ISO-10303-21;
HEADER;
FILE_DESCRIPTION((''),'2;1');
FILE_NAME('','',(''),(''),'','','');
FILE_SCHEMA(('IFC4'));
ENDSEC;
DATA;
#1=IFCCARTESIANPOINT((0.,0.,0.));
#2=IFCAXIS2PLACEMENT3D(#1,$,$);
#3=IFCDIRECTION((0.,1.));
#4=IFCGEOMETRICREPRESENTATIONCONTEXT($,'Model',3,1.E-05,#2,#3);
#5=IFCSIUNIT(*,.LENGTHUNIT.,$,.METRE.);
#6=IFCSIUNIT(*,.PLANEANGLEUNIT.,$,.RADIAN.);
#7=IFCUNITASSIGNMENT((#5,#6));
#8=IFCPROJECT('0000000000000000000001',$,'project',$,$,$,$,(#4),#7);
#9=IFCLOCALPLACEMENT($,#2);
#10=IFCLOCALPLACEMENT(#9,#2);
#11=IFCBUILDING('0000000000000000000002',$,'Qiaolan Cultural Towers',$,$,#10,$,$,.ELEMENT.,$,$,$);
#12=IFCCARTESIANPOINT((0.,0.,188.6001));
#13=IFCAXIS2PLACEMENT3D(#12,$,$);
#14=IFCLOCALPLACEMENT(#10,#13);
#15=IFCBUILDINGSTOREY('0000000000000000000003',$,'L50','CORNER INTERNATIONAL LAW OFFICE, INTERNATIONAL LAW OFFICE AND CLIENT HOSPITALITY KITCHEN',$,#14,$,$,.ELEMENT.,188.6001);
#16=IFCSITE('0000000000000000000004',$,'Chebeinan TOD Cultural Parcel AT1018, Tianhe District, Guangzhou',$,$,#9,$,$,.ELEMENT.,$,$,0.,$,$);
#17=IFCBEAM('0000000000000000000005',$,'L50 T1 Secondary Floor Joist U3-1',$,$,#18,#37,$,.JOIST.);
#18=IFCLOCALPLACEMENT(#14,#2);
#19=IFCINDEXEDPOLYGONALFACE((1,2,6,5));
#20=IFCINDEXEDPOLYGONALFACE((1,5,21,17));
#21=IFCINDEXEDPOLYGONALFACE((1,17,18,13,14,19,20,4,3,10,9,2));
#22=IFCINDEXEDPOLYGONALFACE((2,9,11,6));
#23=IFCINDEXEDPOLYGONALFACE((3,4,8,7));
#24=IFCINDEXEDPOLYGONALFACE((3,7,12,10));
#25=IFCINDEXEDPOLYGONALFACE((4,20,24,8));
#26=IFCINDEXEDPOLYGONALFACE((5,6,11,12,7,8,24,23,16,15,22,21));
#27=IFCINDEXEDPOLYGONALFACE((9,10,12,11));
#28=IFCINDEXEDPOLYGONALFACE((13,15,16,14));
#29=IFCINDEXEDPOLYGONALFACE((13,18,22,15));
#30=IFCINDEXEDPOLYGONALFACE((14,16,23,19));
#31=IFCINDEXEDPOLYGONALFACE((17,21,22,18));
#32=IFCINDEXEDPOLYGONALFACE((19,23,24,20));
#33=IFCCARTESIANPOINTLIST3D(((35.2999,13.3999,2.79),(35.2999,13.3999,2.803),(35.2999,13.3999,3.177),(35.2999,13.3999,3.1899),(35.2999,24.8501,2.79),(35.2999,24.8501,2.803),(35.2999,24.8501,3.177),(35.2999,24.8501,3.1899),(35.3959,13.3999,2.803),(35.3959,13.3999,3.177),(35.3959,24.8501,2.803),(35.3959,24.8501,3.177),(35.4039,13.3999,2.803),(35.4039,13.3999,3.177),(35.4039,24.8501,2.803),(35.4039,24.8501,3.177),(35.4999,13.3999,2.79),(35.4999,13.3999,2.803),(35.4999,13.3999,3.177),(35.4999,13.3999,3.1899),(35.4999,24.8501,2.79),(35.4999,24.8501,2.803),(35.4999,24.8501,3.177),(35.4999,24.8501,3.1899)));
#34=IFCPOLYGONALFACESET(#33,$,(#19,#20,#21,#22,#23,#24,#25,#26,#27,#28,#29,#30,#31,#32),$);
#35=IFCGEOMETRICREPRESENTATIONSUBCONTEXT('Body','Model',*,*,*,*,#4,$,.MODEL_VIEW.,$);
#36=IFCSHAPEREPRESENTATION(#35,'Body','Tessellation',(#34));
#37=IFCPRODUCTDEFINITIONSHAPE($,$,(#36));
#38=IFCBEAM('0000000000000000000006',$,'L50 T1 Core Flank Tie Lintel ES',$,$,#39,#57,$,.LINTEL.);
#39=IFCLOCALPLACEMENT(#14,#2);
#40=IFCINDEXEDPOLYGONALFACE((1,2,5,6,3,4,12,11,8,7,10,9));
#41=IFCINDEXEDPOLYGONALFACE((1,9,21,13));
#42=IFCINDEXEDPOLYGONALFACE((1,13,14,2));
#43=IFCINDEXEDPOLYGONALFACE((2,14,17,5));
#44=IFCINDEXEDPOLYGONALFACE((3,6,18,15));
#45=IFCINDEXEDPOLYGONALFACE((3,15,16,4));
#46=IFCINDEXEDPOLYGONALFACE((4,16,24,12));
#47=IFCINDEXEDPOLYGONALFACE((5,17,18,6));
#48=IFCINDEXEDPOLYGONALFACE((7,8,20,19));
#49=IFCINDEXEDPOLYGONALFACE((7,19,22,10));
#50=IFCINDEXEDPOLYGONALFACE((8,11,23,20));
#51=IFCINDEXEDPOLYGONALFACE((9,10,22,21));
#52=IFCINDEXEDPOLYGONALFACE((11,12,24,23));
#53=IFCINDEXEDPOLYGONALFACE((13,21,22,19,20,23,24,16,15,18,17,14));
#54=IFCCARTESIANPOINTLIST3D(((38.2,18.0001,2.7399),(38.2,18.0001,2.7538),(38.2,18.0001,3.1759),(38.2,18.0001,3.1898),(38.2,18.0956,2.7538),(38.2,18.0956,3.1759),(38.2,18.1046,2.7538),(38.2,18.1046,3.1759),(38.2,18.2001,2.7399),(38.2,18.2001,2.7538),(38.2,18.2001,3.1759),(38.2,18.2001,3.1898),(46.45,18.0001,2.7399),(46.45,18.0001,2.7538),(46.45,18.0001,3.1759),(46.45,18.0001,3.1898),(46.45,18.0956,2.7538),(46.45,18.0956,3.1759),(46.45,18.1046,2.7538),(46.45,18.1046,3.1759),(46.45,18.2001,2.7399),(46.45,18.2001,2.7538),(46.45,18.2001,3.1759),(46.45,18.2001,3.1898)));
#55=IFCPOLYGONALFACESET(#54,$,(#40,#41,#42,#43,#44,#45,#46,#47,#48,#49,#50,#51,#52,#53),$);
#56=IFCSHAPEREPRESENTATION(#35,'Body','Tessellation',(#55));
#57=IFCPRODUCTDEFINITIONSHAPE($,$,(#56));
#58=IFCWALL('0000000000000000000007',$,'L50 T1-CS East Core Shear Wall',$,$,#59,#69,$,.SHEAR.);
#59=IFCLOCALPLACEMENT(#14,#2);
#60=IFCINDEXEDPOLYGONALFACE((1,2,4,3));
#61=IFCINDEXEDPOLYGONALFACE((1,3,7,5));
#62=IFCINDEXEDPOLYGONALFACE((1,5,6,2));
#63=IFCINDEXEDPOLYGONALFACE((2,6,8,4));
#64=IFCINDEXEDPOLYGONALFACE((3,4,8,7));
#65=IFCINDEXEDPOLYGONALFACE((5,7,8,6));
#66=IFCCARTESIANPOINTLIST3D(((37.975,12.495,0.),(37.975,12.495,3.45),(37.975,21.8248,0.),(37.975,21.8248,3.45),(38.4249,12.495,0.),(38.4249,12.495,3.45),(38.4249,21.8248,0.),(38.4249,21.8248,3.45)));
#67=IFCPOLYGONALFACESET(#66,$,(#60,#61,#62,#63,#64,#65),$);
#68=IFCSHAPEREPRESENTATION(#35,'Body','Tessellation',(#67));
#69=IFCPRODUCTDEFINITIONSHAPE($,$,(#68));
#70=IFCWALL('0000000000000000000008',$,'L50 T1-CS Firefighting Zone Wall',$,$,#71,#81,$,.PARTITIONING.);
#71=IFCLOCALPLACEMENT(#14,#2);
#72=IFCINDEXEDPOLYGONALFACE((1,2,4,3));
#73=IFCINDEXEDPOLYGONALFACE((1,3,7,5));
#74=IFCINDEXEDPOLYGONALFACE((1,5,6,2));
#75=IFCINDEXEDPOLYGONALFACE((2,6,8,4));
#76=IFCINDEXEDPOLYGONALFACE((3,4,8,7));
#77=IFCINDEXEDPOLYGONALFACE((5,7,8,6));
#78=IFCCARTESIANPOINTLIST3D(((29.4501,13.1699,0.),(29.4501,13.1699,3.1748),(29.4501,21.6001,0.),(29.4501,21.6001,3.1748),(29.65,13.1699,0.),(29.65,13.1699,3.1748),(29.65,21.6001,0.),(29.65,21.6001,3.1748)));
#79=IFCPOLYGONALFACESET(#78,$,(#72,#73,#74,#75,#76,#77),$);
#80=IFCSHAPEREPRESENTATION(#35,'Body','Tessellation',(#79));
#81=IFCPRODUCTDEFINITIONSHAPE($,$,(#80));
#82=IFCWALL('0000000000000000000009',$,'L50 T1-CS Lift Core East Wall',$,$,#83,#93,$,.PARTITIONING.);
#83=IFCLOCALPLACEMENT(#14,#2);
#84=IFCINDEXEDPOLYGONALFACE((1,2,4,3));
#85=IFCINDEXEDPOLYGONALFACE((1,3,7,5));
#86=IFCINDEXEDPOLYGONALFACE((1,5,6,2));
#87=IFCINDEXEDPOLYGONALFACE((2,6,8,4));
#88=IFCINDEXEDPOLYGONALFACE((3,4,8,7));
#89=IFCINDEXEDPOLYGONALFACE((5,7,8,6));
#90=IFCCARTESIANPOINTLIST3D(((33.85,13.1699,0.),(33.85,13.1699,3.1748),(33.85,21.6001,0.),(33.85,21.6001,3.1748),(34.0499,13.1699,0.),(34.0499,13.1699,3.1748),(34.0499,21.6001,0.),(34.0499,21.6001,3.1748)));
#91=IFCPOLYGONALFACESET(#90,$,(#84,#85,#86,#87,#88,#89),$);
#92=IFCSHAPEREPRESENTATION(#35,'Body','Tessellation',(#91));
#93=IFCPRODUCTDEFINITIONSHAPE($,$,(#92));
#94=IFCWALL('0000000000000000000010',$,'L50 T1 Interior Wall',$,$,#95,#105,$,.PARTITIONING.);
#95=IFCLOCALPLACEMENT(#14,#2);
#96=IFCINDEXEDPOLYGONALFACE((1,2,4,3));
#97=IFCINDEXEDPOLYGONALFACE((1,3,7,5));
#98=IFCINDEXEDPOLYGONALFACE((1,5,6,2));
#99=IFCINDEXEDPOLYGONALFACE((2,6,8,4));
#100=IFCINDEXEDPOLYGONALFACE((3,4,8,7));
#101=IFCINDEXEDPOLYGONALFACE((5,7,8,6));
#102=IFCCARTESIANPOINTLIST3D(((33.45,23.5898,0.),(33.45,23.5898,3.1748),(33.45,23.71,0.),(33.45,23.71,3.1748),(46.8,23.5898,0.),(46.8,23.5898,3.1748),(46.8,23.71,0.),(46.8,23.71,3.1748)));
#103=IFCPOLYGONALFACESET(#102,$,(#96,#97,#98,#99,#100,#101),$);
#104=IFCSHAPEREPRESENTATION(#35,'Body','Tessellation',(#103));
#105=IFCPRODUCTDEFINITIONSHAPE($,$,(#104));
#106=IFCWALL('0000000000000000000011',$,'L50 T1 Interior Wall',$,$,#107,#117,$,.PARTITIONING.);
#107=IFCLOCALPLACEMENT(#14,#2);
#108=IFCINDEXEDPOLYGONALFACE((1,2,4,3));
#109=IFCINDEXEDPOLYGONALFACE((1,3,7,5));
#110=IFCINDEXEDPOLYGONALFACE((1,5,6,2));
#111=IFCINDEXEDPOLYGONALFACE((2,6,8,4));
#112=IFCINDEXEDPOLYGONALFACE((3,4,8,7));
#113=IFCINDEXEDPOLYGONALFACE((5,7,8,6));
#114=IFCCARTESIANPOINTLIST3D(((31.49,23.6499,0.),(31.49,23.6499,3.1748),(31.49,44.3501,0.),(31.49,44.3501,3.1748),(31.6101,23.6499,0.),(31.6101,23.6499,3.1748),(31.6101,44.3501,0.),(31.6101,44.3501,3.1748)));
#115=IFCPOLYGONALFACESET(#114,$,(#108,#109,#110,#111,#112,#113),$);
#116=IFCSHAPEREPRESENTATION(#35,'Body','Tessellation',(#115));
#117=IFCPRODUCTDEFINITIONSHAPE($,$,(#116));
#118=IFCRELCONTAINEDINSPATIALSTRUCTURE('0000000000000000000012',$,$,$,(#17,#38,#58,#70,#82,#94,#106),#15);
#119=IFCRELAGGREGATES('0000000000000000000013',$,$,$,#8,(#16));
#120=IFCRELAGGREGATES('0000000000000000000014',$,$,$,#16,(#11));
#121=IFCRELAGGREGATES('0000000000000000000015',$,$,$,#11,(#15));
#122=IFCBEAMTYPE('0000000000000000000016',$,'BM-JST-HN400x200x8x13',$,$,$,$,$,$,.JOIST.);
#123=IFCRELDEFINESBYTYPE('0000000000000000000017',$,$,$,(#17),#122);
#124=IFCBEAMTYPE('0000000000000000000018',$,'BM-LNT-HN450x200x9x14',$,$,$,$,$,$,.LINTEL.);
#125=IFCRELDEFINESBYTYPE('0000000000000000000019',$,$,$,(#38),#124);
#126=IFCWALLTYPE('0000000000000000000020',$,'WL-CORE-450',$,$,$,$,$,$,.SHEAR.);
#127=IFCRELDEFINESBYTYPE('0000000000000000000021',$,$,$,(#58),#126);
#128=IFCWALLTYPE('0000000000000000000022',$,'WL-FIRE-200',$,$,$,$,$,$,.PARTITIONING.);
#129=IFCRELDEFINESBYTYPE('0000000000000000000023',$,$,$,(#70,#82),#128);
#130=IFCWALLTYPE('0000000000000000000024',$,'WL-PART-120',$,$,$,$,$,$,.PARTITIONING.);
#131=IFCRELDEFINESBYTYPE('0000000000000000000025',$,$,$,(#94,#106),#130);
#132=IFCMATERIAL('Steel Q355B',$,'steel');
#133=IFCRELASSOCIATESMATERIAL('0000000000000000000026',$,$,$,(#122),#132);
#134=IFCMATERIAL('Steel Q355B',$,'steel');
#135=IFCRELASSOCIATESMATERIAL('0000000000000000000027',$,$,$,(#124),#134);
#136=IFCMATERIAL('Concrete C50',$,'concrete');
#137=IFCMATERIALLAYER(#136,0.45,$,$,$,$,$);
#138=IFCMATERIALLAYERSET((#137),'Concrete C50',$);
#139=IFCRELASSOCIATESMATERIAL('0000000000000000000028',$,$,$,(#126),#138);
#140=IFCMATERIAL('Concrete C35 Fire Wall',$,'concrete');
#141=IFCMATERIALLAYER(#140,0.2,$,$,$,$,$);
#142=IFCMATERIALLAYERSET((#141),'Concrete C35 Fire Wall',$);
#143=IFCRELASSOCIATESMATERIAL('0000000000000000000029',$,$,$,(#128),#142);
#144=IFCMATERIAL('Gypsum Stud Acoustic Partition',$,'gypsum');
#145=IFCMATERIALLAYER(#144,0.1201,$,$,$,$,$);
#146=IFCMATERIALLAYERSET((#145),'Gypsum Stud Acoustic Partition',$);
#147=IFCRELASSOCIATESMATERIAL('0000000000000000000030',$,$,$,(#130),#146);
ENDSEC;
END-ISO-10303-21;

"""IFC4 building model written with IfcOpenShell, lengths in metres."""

from ifc_helpers import new_model, si_unit, direction, frame, frame_2d, origin, origin_2d, place, context, subcontext, project, spatial, rectangle, i_section, extrude, material, layer, layer_set, material_profile, profile_set, type_object, element, save


model = new_model("IFC4")

# Units and contexts
model_context = context("Model", 3, precision=1e-05, world=origin(), true_north=direction((0.0, 1.0)))
body_context = subcontext(model_context, "Body", "Model", "MODEL_VIEW")
ifc_project = project(units=[si_unit("LENGTHUNIT", "METRE"), si_unit("PLANEANGLEUNIT", "RADIAN")], contexts=[model_context])

# Site, building, storey
site_placement = place(None, origin())
site = spatial("IfcSite", under=ifc_project, at=site_placement, Name="Chebeinan TOD Cultural Parcel AT1018, Tianhe District, Guangzhou", CompositionType="ELEMENT", RefElevation=0.0)
building_placement = place(site_placement, origin())
building = spatial("IfcBuilding", under=site, at=building_placement, Name="Qiaolan Cultural Towers", CompositionType="ELEMENT")
storey_placement = place(building_placement, frame((0.0, 0.0, 188.6001)))
storey = spatial("IfcBuildingStorey", under=building, at=storey_placement, Name="L50", Description="CORNER INTERNATIONAL LAW OFFICE, INTERNATIONAL LAW OFFICE AND CLIENT HOSPITALITY KITCHEN", CompositionType="ELEMENT", Elevation=188.6001)

# Beams
ifc_material_1 = material(Name="Steel Q355B", Category="steel")
ifc_material_profile_1 = material_profile(ifc_material_1, i_section(OverallWidth=0.2, OverallDepth=0.3999, WebThickness=0.0081, FlangeThickness=0.0129, at=origin_2d()), Name="HN400x200x8x13")
ifc_profile_set_1 = profile_set([ifc_material_profile_1], Name="Steel Q355B")
beam_type_1 = type_object("IfcBeamType", Name="BM-JST-HN400x200x8x13", PredefinedType="JOIST", material=ifc_profile_set_1)
beam_1_placement = place(storey_placement, frame((35.3999, 13.3999, 2.99), z_axis=(0.0, 1.0, 0.0), x_axis=(-1.0, 0.0, 0.0)))
element("IfcBeam", 1, at=beam_1_placement, inside=storey, type_object=beam_type_1, Name="L50 T1 Secondary Floor Joist U3-1", PredefinedType="JOIST", context=body_context, shape_type="SweptSolid", body=[
    extrude(i_section(OverallWidth=0.2, OverallDepth=0.3999, WebThickness=0.0081, FlangeThickness=0.0129, at=origin_2d()), origin(), (0.0, 0.0, 1.0), 11.4502),
])
ifc_material_2 = material(Name="Steel Q355B", Category="steel")
ifc_material_profile_2 = material_profile(ifc_material_2, i_section(OverallWidth=0.2, OverallDepth=0.45, WebThickness=0.009, FlangeThickness=0.0139, at=origin_2d()), Name="HN450x200x9x14")
ifc_profile_set_2 = profile_set([ifc_material_profile_2], Name="Steel Q355B")
beam_type_2 = type_object("IfcBeamType", Name="BM-LNT-HN450x200x9x14", PredefinedType="LINTEL", material=ifc_profile_set_2)
beam_2_placement = place(storey_placement, frame((38.2, 18.1001, 2.9648), z_axis=(1.0, 0.0, 0.0), x_axis=(0.0, 1.0, 0.0)))
element("IfcBeam", 2, at=beam_2_placement, inside=storey, type_object=beam_type_2, Name="L50 T1 Core Flank Tie Lintel ES", PredefinedType="LINTEL", context=body_context, shape_type="SweptSolid", body=[
    extrude(i_section(OverallWidth=0.2, OverallDepth=0.45, WebThickness=0.009, FlangeThickness=0.0139, at=origin_2d()), origin(), (0.0, 0.0, 1.0), 8.25),
])

# Walls
ifc_material_3 = material(Name="Concrete C50", Category="concrete")
ifc_layer_1 = layer(ifc_material_3, 0.45)
ifc_layer_set_1 = layer_set([ifc_layer_1], Name="Concrete C50")
wall_type_1 = type_object("IfcWallType", Name="WL-CORE-450", PredefinedType="SHEAR", material=ifc_layer_set_1)
wall_1_placement = place(storey_placement, frame((38.2, 21.825, 0.0), z_axis=(0.0, 0.0, 1.0), x_axis=(0.0, -1.0, 0.0)))
element("IfcWall", 3, at=wall_1_placement, inside=storey, type_object=wall_type_1, Name="L50 T1-CS East Core Shear Wall", PredefinedType="SHEAR", context=body_context, shape_type="SweptSolid", body=[
    extrude(rectangle(XDim=9.3298, YDim=0.45, at=frame_2d((4.665, 0.0))), origin(), (0.0, 0.0, 1.0), 3.45),
])
ifc_material_4 = material(Name="Concrete C35 Fire Wall", Category="concrete")
ifc_layer_2 = layer(ifc_material_4, 0.2)
ifc_layer_set_2 = layer_set([ifc_layer_2], Name="Concrete C35 Fire Wall")
wall_type_2 = type_object("IfcWallType", Name="WL-FIRE-200", PredefinedType="PARTITIONING", material=ifc_layer_set_2)
for number, where, z_axis, x_axis, name in (
    (4, (29.55, 21.6001, 0.0), (0.0, 0.0, 1.0), (0.0, -1.0, 0.0), "L50 T1-CS Firefighting Zone Wall"),
    (5, (33.95, 21.6001, 0.0), (0.0, 0.0, 1.0), (0.0, -1.0, 0.0), "L50 T1-CS Lift Core East Wall"),
):
    element("IfcWall", number, at=place(storey_placement, frame(where, z_axis=z_axis, x_axis=x_axis)), inside=storey, type_object=wall_type_2, Name=name, PredefinedType="PARTITIONING", context=body_context, shape_type="SweptSolid", body=[
        extrude(rectangle(XDim=8.4302, YDim=0.2, at=frame_2d((4.2151, 0.0))), origin(), (0.0, 0.0, 1.0), 3.1748),
    ])
ifc_material_5 = material(Name="Gypsum Stud Acoustic Partition", Category="gypsum")
ifc_layer_3 = layer(ifc_material_5, 0.1201)
ifc_layer_set_3 = layer_set([ifc_layer_3], Name="Gypsum Stud Acoustic Partition")
wall_type_3 = type_object("IfcWallType", Name="WL-PART-120", PredefinedType="PARTITIONING", material=ifc_layer_set_3)
wall_2_placement = place(storey_placement, frame((33.45, 23.6499, 0.0), z_axis=(0.0, 0.0, 1.0), x_axis=(1.0, 0.0, 0.0)))
element("IfcWall", 6, at=wall_2_placement, inside=storey, type_object=wall_type_3, Name="L50 T1 Interior Wall", PredefinedType="PARTITIONING", context=body_context, shape_type="SweptSolid", body=[
    extrude(rectangle(XDim=13.3501, YDim=0.1201, at=frame_2d((6.675, 0.0))), origin(), (0.0, 0.0, 1.0), 3.1748),
])
wall_3_placement = place(storey_placement, frame((31.55, 23.6499, 0.0), z_axis=(0.0, 0.0, 1.0), x_axis=(0.0, 1.0, 0.0)))
element("IfcWall", 7, at=wall_3_placement, inside=storey, type_object=wall_type_3, Name="L50 T1 Interior Wall", PredefinedType="PARTITIONING", context=body_context, shape_type="SweptSolid", body=[
    extrude(rectangle(XDim=20.7002, YDim=0.1201, at=frame_2d((10.3501, 0.0))), origin(), (0.0, 0.0, 1.0), 3.1748),
])

save(model, "model.ifc")
